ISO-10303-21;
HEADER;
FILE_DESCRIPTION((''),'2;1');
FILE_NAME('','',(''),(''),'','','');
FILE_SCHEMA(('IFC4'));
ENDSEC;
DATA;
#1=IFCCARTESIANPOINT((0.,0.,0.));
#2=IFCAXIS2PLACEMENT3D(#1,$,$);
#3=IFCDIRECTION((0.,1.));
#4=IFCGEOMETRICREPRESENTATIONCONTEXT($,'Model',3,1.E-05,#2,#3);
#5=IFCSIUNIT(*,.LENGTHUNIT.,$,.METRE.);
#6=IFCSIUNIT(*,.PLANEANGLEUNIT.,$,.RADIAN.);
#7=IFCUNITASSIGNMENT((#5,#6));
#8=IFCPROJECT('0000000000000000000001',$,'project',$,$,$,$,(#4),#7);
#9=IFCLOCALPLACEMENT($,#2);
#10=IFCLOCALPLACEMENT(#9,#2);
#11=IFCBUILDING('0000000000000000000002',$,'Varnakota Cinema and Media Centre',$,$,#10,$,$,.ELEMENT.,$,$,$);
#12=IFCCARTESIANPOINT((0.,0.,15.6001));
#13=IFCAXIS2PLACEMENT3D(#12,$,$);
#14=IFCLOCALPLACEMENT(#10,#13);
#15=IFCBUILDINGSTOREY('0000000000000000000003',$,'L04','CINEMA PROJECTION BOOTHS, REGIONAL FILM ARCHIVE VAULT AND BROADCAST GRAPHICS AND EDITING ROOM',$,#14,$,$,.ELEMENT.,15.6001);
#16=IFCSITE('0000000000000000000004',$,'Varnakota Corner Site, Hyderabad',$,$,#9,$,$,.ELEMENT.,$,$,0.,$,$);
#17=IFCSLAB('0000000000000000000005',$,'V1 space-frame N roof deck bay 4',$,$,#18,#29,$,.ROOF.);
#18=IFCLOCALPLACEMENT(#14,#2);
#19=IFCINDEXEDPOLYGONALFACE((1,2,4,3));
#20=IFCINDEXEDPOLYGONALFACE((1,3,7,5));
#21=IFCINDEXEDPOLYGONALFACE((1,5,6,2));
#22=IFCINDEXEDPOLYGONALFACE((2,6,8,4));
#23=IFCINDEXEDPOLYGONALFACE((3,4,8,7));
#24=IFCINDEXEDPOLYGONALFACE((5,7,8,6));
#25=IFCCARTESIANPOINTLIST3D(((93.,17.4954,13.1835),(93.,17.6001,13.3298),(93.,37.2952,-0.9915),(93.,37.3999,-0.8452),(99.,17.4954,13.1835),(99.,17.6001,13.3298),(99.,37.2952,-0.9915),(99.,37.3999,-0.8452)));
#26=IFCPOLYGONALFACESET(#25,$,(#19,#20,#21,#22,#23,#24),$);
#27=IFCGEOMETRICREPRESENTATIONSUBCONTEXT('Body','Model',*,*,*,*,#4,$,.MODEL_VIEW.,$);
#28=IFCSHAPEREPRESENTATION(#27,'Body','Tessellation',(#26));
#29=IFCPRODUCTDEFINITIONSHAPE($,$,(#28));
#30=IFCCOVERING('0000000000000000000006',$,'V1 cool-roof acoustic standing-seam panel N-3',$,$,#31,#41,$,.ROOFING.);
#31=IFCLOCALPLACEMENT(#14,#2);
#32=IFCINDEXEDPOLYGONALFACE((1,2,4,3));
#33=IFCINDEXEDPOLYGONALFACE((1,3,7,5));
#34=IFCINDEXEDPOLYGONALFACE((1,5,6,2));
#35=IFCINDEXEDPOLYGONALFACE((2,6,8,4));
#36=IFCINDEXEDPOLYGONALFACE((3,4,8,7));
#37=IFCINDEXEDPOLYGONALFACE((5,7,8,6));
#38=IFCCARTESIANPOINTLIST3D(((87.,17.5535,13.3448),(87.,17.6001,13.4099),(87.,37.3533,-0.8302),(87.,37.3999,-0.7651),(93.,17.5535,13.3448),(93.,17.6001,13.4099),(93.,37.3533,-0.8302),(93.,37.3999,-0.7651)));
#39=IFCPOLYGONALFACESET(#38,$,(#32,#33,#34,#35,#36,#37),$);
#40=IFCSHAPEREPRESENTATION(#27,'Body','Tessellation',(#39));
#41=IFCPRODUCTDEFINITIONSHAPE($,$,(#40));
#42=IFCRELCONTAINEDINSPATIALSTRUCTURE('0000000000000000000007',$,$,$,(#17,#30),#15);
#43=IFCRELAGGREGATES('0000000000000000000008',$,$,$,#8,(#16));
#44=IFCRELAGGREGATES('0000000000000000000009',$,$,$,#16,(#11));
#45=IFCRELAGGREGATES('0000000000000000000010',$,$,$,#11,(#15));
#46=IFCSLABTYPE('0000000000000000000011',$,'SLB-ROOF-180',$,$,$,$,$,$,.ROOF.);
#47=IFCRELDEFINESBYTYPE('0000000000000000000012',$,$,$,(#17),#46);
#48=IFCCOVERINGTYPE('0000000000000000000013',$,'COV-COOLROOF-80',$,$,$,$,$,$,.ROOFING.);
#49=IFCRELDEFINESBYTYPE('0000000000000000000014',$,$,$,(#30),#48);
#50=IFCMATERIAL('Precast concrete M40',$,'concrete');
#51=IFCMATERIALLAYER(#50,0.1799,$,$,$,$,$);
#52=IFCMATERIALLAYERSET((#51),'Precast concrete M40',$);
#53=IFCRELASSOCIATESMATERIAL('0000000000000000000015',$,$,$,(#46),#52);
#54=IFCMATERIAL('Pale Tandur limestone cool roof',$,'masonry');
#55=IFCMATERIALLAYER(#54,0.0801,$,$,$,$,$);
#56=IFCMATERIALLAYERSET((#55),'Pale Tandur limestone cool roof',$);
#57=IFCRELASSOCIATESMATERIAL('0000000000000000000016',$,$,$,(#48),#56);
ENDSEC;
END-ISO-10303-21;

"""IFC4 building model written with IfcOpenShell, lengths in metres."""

from ifc_helpers import new_model, si_unit, direction, frame, origin, place, context, subcontext, project, spatial, polyline, outline, extrude, material, layer, layer_set, type_object, element, save


model = new_model("IFC4")

# Units and contexts
model_context = context("Model", 3, precision=1e-05, world=origin(), true_north=direction((0.0, 1.0)))
body_context = subcontext(model_context, "Body", "Model", "MODEL_VIEW")
ifc_project = project(units=[si_unit("LENGTHUNIT", "METRE"), si_unit("PLANEANGLEUNIT", "RADIAN")], contexts=[model_context])

# Site, building, storey
site_placement = place(None, origin())
site = spatial("IfcSite", under=ifc_project, at=site_placement, Name="Varnakota Corner Site, Hyderabad", CompositionType="ELEMENT", RefElevation=0.0)
building_placement = place(site_placement, origin())
building = spatial("IfcBuilding", under=site, at=building_placement, Name="Varnakota Cinema and Media Centre", CompositionType="ELEMENT")
storey_placement = place(building_placement, frame((0.0, 0.0, 15.6001)))
storey = spatial("IfcBuildingStorey", under=building, at=storey_placement, Name="L04", Description="CINEMA PROJECTION BOOTHS, REGIONAL FILM ARCHIVE VAULT AND BROADCAST GRAPHICS AND EDITING ROOM", CompositionType="ELEMENT", Elevation=15.6001)

# Slab
ifc_material_1 = material(Name="Precast concrete M40", Category="concrete")
ifc_layer_1 = layer(ifc_material_1, 0.1799)
ifc_layer_set_1 = layer_set([ifc_layer_1], Name="Precast concrete M40")
slab_type = type_object("IfcSlabType", Name="SLB-ROOF-180", PredefinedType="ROOF", material=ifc_layer_set_1)
for number, where, z_axis, x_axis, name in (
    (1, (93.0, 17.6001, 13.3298), (0.0, 0.582117, 0.813105), (1.0, 0.0, 0.0), "V1 space-frame N roof deck bay 4"),
):
    element("IfcSlab", number, at=place(storey_placement, frame(where, z_axis=z_axis, x_axis=x_axis)), inside=storey, type_object=slab_type, Name=name, PredefinedType="ROOF", context=body_context, shape_type="SweptSolid", body=[
        extrude(outline(polyline([(0.0, 0.0), (6.0, 0.0), (6.0, 24.3509), (0.0, 24.3509), (0.0, 0.0)])), origin(), (0.0, 0.0, -1.0), 0.1799),
    ])

# Covering
ifc_material_2 = material(Name="Pale Tandur limestone cool roof", Category="masonry")
ifc_layer_2 = layer(ifc_material_2, 0.0801)
ifc_layer_set_2 = layer_set([ifc_layer_2], Name="Pale Tandur limestone cool roof")
covering_type = type_object("IfcCoveringType", Name="COV-COOLROOF-80", PredefinedType="ROOFING", material=ifc_layer_set_2)
covering_placement = place(storey_placement, frame((87.0, 17.6001, 13.4099), z_axis=(0.0, 0.582117, 0.813105), x_axis=(1.0, 0.0, 0.0)))
element("IfcCovering", 2, at=covering_placement, inside=storey, type_object=covering_type, Name="V1 cool-roof acoustic standing-seam panel N-3", PredefinedType="ROOFING", context=body_context, shape_type="SweptSolid", body=[
    extrude(outline(polyline([(0.0, 0.0), (6.0, 0.0), (6.0, 24.3509), (0.0, 24.3509), (0.0, 0.0)])), origin(), (0.0, 0.0, -1.0), 0.0801),
])

save(model, "model.ifc")
